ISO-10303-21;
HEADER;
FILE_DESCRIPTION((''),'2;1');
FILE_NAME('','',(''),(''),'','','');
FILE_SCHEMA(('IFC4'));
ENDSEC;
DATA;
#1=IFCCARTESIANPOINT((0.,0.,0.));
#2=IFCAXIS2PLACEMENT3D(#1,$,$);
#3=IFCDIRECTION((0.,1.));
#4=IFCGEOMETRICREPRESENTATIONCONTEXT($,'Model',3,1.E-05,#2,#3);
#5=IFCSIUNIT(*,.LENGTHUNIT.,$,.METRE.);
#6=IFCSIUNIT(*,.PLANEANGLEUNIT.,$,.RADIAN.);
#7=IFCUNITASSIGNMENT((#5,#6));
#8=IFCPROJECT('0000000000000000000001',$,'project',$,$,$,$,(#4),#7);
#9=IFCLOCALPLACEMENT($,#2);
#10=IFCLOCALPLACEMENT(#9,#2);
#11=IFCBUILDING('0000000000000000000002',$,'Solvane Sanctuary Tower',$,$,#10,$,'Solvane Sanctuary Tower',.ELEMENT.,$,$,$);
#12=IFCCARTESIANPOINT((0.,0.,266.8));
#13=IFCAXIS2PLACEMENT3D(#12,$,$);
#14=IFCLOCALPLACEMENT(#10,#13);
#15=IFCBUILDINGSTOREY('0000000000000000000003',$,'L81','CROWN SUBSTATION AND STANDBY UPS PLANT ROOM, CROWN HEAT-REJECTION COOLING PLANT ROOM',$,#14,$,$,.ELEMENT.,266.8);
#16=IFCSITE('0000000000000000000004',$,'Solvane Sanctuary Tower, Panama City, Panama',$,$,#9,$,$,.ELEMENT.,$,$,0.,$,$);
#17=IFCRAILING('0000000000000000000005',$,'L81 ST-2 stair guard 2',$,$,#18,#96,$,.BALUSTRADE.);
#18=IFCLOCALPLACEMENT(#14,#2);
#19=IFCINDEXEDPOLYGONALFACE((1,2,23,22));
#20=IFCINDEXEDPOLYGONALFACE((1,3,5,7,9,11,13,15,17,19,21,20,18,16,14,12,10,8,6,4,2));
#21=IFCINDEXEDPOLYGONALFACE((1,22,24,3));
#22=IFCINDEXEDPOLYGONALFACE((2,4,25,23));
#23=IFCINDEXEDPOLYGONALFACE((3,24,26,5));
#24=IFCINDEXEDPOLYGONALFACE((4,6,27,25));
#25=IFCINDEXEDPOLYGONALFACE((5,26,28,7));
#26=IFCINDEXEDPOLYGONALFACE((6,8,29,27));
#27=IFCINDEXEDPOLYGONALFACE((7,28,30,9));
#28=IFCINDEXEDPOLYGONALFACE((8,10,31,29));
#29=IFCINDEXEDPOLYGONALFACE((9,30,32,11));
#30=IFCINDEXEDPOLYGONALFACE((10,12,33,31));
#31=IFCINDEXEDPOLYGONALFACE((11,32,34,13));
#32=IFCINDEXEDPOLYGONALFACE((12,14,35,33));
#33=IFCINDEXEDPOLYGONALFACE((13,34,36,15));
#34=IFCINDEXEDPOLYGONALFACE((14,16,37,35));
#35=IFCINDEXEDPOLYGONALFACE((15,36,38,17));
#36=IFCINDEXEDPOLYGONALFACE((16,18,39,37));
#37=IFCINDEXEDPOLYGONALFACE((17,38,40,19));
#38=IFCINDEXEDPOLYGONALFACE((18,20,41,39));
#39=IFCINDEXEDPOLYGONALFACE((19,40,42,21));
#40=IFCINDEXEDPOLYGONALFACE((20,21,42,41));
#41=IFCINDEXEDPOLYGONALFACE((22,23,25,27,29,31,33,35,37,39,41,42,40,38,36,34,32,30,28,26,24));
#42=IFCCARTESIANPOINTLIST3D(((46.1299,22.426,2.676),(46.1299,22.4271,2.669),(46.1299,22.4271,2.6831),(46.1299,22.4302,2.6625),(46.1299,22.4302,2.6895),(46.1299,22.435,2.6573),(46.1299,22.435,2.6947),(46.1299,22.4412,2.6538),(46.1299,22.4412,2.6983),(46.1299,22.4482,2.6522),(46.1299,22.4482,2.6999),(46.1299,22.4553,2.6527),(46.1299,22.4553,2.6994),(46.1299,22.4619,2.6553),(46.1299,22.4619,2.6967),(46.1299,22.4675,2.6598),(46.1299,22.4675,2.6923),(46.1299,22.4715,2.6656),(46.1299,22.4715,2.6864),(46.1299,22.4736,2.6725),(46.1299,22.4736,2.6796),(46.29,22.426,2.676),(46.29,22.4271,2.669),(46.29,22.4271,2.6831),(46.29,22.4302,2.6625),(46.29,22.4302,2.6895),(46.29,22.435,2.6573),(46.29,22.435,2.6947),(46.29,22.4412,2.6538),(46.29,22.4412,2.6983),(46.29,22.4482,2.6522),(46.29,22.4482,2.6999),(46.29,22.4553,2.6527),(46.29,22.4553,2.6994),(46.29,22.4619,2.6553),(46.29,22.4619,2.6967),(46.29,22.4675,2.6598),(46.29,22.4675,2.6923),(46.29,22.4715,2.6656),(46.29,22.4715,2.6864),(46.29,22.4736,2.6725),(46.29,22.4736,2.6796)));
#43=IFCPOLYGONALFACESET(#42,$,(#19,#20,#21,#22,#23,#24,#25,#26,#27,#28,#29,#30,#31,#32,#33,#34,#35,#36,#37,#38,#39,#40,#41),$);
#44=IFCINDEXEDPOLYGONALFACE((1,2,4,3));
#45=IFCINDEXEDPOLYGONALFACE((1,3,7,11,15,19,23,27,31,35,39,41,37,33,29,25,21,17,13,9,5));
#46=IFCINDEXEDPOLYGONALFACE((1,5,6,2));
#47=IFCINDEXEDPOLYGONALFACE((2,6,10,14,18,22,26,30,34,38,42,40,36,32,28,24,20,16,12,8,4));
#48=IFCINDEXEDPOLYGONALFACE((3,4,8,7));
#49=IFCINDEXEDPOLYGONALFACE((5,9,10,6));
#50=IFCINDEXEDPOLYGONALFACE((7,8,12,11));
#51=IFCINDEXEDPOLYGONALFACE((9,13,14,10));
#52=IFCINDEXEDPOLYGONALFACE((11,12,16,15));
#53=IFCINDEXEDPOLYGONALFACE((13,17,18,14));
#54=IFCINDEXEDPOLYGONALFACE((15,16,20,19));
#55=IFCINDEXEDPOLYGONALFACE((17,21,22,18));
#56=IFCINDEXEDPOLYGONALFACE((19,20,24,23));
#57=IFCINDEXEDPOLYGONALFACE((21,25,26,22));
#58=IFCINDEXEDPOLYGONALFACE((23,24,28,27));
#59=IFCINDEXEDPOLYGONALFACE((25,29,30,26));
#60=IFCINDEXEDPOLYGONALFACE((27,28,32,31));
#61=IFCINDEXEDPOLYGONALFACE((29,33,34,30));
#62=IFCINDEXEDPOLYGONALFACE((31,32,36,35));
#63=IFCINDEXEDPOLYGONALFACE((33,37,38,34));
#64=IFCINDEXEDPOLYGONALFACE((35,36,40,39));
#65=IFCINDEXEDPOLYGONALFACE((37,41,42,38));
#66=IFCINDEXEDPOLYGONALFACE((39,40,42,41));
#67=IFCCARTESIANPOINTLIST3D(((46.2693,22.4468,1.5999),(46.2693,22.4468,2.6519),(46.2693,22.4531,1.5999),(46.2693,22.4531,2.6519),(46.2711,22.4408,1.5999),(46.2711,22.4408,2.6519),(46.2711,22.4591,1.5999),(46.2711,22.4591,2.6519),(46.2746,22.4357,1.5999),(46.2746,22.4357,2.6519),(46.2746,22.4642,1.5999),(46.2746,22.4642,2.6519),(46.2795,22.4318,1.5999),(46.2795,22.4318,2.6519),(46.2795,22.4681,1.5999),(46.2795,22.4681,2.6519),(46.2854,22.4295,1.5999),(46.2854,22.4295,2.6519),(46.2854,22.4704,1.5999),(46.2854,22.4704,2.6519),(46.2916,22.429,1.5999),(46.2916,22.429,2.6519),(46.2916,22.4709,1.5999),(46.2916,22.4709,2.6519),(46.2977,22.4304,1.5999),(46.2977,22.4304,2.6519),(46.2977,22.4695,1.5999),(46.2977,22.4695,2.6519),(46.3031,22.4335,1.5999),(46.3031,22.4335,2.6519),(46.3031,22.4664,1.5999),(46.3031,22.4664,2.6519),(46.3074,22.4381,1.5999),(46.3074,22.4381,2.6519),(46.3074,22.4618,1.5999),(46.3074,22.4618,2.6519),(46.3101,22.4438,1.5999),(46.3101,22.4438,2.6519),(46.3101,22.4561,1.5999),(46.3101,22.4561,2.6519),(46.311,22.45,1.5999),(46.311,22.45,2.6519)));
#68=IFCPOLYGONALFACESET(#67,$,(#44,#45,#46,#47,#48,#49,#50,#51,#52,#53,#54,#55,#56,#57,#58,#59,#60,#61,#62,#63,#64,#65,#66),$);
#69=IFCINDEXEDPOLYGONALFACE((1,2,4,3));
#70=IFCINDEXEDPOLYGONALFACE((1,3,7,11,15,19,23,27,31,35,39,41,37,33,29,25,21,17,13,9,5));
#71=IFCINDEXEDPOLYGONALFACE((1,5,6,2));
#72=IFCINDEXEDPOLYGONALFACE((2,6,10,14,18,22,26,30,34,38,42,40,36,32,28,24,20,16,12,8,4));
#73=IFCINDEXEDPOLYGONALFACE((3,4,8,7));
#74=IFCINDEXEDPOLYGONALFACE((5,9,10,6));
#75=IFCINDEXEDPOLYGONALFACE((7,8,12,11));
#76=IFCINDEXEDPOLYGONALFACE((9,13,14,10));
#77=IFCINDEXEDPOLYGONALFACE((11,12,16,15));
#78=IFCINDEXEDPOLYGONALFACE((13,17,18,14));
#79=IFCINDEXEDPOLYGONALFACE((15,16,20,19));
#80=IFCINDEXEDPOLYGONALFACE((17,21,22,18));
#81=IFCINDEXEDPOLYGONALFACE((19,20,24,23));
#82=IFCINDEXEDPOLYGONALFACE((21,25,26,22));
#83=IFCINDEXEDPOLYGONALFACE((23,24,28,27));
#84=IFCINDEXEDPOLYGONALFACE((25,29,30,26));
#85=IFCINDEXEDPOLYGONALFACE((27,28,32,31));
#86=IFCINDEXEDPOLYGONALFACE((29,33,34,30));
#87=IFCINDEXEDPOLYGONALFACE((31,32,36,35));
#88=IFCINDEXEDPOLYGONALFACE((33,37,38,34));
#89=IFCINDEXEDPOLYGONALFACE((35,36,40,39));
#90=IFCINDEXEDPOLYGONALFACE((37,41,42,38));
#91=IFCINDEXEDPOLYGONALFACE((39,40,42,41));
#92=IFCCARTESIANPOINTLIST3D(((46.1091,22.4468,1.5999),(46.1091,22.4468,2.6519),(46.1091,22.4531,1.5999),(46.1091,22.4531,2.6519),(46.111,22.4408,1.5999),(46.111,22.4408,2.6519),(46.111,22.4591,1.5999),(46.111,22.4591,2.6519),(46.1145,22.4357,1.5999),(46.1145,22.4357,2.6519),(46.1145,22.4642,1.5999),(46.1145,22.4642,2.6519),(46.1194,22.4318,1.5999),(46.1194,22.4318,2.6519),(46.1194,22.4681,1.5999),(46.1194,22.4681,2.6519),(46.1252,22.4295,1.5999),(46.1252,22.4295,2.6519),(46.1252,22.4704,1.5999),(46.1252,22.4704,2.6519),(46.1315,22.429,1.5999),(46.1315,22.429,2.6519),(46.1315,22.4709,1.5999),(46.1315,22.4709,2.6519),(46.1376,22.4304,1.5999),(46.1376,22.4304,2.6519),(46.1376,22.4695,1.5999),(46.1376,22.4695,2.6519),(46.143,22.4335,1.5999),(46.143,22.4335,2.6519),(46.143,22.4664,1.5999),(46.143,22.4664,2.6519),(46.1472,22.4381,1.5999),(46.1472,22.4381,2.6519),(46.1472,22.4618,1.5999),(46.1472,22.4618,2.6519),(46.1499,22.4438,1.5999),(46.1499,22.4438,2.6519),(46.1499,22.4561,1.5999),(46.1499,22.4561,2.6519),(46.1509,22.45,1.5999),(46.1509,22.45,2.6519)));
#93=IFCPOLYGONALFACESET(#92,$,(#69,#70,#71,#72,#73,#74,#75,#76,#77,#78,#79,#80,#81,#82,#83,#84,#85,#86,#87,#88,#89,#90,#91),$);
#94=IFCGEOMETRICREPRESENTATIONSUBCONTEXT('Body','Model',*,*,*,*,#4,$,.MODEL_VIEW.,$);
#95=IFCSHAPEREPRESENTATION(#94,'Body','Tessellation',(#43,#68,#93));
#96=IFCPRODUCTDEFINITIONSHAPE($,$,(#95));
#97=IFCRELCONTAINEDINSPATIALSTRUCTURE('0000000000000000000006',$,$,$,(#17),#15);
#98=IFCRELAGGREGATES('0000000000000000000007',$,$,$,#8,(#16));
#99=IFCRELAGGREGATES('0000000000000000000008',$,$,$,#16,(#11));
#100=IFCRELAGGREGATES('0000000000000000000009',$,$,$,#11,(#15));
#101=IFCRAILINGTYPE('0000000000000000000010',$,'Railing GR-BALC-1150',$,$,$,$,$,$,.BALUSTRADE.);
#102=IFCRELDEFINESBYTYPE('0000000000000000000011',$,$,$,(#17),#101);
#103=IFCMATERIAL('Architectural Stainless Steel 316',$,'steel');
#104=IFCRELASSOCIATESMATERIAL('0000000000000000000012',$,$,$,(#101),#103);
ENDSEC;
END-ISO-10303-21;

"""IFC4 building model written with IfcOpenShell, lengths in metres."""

from ifc_helpers import new_model, si_unit, direction, frame, origin, origin_2d, place, context, subcontext, project, spatial, circle, extrude, material, type_object, element, save


model = new_model("IFC4")

# Units and contexts
model_context = context("Model", 3, precision=1e-05, world=origin(), true_north=direction((0.0, 1.0)))
body_context = subcontext(model_context, "Body", "Model", "MODEL_VIEW")
ifc_project = project(units=[si_unit("LENGTHUNIT", "METRE"), si_unit("PLANEANGLEUNIT", "RADIAN")], contexts=[model_context])

# Site, building, storey
site_placement = place(None, origin())
site = spatial("IfcSite", under=ifc_project, at=site_placement, Name="Solvane Sanctuary Tower, Panama City, Panama", CompositionType="ELEMENT", RefElevation=0.0)
building_placement = place(site_placement, origin())
building = spatial("IfcBuilding", under=site, at=building_placement, Name="Solvane Sanctuary Tower", LongName="Solvane Sanctuary Tower", CompositionType="ELEMENT")
storey_placement = place(building_placement, frame((0.0, 0.0, 266.8)))
storey = spatial("IfcBuildingStorey", under=building, at=storey_placement, Name="L81", Description="CROWN SUBSTATION AND STANDBY UPS PLANT ROOM, CROWN HEAT-REJECTION COOLING PLANT ROOM", CompositionType="ELEMENT", Elevation=266.8)

# Shared definitions
ifc_material_1 = material(Name="Architectural Stainless Steel 316", Category="steel")

# Railing
railing_type = type_object("IfcRailingType", Name="Railing GR-BALC-1150", PredefinedType="BALUSTRADE", material=ifc_material_1)
railing_1_placement = place(storey_placement, frame((46.29, 22.45, 1.5999)))
element("IfcRailing", 1, at=railing_1_placement, inside=storey, type_object=railing_type, Name="L81 ST-2 stair guard 2", PredefinedType="BALUSTRADE", context=body_context, shape_type="SweptSolid", body=[
    extrude(circle(Radius=0.0239, at=origin_2d()), frame((0.0, 0.0, 1.0762), z_axis=(-1.0, 0.0, 0.0), x_axis=(0.0, -1.0, 0.0)), (0.0, 0.0, 1.0), 0.1602),
    extrude(circle(Radius=0.021, at=origin_2d()), origin(), (0.0, 0.0, 1.0), 1.052),
    extrude(circle(Radius=0.021, at=origin_2d()), frame((-0.1602, 0.0, 0.0)), (0.0, 0.0, 1.0), 1.052),
])

save(model, "model.ifc")
